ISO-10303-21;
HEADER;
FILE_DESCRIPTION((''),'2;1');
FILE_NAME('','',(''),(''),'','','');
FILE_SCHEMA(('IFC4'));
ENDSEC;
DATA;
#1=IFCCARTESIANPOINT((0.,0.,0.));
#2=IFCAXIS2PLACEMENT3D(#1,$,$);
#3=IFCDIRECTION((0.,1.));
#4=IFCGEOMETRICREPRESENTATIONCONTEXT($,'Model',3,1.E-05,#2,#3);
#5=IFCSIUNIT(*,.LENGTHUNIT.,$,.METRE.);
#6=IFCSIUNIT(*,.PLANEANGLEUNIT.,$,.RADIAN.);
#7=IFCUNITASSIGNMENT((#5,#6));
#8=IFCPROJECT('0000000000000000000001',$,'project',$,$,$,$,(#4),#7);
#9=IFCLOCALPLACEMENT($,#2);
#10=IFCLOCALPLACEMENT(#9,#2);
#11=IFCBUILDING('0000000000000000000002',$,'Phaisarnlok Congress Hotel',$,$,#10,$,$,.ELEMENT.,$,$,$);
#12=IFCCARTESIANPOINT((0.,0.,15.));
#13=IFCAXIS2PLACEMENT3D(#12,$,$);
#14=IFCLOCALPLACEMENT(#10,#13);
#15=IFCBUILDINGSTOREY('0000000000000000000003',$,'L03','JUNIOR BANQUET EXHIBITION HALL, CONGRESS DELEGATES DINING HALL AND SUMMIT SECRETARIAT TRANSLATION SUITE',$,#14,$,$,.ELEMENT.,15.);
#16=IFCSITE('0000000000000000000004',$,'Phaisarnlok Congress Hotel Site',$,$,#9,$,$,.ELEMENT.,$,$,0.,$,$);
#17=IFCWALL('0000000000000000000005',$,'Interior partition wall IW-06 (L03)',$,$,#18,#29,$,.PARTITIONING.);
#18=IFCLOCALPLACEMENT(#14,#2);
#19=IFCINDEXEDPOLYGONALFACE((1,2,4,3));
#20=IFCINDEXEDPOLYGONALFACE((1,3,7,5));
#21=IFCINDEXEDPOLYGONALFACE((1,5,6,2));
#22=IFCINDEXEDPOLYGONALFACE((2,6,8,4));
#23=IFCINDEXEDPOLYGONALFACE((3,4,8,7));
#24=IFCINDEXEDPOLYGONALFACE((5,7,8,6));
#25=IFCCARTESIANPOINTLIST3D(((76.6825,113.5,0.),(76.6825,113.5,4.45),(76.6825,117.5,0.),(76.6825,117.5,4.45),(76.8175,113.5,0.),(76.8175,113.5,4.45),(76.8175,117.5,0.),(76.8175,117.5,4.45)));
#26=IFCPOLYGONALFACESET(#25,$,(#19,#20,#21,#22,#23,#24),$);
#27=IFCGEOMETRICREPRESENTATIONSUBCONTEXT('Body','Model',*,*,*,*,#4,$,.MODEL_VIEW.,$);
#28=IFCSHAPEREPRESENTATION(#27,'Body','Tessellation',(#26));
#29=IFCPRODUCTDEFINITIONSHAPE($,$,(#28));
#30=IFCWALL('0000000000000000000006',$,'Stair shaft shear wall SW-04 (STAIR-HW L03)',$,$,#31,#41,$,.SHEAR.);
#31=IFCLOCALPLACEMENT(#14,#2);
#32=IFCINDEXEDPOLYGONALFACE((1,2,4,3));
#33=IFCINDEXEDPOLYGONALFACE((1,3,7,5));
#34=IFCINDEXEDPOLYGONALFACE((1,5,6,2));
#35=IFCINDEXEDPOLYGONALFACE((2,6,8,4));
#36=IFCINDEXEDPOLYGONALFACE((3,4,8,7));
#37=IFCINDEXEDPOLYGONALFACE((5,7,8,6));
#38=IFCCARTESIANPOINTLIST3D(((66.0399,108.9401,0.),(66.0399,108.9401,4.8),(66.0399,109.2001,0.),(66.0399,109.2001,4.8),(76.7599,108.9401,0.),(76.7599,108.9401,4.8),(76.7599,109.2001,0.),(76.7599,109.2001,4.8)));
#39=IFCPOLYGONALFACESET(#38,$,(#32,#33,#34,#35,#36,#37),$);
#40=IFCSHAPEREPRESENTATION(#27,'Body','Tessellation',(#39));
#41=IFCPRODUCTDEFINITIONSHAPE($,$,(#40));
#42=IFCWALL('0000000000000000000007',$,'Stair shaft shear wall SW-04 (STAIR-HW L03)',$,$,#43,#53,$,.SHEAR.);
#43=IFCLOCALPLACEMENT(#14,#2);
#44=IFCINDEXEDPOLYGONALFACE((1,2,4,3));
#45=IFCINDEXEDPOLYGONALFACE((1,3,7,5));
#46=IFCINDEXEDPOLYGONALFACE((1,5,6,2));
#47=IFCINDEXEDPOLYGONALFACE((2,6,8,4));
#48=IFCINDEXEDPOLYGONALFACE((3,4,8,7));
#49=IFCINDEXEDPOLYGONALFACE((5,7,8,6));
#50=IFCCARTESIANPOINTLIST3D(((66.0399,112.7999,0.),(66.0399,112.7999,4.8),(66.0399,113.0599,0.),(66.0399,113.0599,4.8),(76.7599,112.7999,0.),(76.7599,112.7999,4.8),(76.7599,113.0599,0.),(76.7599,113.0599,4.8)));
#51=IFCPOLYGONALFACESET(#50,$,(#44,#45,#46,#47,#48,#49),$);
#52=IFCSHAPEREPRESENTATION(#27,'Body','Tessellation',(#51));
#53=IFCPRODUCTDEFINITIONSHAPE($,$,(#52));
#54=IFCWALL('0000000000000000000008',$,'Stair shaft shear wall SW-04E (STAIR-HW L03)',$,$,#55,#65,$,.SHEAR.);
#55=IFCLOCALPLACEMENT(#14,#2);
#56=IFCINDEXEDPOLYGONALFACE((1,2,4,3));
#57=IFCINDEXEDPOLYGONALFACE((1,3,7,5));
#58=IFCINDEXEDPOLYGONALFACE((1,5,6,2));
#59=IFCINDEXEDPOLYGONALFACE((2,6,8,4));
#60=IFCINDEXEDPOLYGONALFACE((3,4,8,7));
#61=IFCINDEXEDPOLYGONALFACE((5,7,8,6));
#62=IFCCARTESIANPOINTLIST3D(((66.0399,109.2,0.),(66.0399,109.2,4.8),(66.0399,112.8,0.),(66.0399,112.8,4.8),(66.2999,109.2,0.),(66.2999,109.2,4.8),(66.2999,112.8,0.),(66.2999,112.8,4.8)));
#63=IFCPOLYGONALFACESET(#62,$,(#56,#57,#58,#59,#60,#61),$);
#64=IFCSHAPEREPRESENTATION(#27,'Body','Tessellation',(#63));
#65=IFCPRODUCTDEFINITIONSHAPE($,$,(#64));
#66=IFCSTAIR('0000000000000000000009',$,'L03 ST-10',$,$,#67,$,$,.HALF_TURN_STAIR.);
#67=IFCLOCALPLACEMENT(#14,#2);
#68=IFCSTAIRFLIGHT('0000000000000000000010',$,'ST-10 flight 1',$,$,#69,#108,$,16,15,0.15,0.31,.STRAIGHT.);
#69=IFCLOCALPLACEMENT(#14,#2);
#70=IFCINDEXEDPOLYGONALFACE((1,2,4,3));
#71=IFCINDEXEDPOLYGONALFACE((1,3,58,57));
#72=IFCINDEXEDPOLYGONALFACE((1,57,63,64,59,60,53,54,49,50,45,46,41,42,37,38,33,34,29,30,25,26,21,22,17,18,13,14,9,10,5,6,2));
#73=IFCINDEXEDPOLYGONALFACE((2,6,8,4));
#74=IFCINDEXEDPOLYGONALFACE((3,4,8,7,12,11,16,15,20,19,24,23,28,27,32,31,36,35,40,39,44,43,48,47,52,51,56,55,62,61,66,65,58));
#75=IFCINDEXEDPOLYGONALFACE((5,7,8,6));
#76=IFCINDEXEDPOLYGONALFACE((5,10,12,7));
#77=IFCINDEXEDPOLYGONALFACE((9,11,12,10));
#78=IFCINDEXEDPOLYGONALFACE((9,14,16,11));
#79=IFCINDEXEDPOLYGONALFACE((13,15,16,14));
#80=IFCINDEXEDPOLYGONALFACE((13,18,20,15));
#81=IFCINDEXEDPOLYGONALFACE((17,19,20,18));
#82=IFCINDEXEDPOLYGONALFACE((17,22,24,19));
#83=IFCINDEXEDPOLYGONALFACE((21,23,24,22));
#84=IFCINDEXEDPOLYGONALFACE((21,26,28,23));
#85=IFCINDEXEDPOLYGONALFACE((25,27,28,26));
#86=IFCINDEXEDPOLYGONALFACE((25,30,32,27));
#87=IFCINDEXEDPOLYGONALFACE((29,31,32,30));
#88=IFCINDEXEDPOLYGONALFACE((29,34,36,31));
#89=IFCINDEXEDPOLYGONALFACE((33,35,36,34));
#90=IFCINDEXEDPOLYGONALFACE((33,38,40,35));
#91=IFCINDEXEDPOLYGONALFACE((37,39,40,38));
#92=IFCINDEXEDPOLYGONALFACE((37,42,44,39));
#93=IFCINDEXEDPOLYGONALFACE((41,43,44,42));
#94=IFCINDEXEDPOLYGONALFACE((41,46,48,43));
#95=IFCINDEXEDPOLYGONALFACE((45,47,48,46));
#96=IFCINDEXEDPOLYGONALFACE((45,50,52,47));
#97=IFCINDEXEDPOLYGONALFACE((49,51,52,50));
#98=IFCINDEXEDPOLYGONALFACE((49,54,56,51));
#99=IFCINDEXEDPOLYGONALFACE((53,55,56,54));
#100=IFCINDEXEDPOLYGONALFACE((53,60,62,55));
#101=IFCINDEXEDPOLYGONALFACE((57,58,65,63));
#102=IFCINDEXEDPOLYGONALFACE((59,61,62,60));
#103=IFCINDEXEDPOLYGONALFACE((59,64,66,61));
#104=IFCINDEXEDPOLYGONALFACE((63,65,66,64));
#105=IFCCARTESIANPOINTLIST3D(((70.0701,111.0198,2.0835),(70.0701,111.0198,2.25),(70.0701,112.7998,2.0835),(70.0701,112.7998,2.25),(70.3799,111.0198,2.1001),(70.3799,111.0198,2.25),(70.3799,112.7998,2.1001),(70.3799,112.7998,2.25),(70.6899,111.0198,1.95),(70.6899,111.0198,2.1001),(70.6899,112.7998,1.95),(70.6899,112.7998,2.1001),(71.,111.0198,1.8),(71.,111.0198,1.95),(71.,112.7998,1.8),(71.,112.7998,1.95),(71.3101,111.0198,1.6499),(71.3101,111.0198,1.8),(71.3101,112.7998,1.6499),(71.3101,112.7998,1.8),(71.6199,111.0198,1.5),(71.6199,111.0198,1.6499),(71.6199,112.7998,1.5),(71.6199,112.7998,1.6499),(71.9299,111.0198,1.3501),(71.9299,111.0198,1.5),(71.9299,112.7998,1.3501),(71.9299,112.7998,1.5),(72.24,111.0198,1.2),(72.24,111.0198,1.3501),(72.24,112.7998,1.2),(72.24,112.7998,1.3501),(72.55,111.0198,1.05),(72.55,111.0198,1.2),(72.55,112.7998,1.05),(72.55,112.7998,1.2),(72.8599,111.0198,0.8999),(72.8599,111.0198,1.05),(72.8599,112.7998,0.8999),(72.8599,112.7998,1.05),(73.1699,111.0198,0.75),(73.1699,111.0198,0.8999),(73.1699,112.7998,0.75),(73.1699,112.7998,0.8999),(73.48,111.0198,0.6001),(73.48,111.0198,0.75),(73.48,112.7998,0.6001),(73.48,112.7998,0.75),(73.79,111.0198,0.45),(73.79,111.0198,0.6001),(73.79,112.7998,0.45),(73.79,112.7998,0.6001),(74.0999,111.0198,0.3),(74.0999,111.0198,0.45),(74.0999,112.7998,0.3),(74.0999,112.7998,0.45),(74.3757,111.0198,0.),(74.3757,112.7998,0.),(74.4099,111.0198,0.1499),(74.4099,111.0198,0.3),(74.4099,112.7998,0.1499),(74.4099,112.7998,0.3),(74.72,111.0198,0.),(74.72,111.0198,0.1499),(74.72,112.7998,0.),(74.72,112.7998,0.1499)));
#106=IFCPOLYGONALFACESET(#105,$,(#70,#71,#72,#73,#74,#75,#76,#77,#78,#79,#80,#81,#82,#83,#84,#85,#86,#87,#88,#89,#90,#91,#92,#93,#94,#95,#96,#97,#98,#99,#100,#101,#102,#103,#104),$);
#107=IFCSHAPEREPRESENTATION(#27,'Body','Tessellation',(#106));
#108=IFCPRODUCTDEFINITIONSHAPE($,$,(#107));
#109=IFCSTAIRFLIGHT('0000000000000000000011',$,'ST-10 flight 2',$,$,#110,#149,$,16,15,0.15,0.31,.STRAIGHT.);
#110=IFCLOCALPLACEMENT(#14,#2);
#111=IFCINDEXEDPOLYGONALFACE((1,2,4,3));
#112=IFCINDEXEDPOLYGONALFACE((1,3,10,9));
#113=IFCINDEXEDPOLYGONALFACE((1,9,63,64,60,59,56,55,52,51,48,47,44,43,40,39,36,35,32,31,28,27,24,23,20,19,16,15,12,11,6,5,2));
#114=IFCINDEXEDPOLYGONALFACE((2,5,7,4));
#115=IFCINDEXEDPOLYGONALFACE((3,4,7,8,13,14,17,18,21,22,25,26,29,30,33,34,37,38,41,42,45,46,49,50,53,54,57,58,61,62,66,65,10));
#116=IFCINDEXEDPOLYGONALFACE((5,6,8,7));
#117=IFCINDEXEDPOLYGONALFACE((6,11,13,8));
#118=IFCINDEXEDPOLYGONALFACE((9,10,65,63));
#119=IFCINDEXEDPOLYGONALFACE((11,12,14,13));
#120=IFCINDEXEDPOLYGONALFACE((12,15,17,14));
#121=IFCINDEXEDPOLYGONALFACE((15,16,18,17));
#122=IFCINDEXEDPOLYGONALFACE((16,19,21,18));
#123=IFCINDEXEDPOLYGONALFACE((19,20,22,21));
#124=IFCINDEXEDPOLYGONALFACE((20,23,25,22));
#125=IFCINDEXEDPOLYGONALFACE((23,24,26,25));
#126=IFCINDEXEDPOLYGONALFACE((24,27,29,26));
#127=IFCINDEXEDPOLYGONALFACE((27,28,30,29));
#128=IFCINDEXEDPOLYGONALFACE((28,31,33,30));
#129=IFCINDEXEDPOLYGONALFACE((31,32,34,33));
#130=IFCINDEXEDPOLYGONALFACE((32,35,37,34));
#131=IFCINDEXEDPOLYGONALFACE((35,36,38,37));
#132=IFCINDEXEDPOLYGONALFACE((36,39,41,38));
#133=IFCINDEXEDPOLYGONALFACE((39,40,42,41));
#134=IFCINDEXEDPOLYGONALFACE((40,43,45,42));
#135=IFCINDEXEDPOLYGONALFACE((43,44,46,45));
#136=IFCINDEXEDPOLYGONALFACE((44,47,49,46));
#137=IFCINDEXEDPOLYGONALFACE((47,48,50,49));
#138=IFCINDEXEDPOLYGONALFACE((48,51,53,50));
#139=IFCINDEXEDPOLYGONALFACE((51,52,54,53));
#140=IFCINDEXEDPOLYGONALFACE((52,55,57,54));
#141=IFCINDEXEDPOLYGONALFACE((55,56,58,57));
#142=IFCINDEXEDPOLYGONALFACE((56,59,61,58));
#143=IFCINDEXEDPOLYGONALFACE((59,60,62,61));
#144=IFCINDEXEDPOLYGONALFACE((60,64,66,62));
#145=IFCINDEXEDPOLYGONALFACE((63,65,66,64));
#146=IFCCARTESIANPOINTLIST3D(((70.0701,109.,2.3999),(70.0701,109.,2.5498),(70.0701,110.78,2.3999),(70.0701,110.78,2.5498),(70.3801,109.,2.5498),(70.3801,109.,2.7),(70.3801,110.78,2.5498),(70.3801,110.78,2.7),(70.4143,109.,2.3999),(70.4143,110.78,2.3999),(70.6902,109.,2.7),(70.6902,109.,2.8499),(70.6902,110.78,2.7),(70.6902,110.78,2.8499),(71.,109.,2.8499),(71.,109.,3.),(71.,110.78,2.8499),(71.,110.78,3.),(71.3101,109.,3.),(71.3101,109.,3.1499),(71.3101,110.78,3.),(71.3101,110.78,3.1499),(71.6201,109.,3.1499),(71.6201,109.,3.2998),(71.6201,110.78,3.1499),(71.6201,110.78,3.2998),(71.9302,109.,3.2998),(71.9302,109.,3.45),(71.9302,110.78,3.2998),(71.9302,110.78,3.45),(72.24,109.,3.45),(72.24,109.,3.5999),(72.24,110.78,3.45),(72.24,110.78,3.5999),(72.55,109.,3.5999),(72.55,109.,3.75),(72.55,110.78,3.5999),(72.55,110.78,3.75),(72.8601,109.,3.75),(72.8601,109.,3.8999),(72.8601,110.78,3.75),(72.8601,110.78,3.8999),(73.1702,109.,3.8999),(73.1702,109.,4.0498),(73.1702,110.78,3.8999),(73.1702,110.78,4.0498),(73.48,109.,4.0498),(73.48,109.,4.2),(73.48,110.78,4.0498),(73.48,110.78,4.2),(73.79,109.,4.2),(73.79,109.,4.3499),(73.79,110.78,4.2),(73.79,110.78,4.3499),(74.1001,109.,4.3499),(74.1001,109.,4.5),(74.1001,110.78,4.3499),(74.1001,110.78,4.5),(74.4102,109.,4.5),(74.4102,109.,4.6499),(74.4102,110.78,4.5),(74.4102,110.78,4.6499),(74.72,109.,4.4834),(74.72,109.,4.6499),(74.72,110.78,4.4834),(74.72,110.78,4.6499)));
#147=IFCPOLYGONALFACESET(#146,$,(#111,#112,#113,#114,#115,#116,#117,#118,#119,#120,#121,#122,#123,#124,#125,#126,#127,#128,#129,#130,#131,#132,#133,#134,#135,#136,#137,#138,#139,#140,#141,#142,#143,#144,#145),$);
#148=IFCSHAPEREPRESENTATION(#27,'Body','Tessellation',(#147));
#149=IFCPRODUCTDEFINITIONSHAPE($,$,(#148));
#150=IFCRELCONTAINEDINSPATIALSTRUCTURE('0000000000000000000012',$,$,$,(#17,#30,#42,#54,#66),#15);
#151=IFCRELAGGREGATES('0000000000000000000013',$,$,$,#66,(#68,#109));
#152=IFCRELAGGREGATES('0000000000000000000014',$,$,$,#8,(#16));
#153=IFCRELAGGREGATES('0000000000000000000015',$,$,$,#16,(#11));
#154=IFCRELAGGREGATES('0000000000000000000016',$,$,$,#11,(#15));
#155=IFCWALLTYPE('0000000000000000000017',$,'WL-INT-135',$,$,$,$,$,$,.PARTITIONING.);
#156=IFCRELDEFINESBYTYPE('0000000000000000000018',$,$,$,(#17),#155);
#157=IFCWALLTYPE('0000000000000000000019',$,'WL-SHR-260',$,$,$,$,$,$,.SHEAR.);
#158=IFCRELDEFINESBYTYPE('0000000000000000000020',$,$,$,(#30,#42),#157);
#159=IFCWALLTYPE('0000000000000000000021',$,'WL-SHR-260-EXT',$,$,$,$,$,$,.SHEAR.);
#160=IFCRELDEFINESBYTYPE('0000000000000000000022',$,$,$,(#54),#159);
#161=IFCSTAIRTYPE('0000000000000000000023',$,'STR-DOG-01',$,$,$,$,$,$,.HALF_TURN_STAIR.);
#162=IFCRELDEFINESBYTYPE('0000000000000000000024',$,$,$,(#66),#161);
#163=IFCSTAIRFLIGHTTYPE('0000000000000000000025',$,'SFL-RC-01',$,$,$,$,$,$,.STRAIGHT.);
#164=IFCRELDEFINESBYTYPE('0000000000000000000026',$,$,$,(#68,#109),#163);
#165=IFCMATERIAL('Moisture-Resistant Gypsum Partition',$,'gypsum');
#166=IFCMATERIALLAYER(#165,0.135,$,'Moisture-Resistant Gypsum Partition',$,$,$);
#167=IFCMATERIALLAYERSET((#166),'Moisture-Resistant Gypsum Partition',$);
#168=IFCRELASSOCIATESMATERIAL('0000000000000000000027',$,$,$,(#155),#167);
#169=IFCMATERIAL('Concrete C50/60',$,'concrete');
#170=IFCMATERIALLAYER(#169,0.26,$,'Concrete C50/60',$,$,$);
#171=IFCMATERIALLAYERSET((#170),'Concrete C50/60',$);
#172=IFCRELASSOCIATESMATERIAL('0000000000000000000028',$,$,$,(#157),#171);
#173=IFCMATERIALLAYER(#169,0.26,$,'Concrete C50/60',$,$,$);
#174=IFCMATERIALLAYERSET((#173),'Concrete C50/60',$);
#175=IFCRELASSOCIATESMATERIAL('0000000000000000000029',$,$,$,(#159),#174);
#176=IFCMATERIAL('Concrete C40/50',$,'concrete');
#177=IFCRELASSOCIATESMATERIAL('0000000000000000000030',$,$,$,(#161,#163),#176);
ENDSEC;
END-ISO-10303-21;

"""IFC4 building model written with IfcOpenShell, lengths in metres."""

from ifc_helpers import new_model, si_unit, direction, frame, frame_2d, origin, place, context, subcontext, project, spatial, polyline, rectangle, outline, extrude, material, layer, layer_set, type_object, element, aggregate, save


model = new_model("IFC4")

# Units and contexts
model_context = context("Model", 3, precision=1e-05, world=origin(), true_north=direction((0.0, 1.0)))
body_context = subcontext(model_context, "Body", "Model", "MODEL_VIEW")
ifc_project = project(units=[si_unit("LENGTHUNIT", "METRE"), si_unit("PLANEANGLEUNIT", "RADIAN")], contexts=[model_context])

# Site, building, storey
site_placement = place(None, origin())
site = spatial("IfcSite", under=ifc_project, at=site_placement, Name="Phaisarnlok Congress Hotel Site", CompositionType="ELEMENT", RefElevation=0.0)
building_placement = place(site_placement, origin())
building = spatial("IfcBuilding", under=site, at=building_placement, Name="Phaisarnlok Congress Hotel", CompositionType="ELEMENT")
storey_placement = place(building_placement, frame((0.0, 0.0, 15.0)))
storey = spatial("IfcBuildingStorey", under=building, at=storey_placement, Name="L03", Description="JUNIOR BANQUET EXHIBITION HALL, CONGRESS DELEGATES DINING HALL AND SUMMIT SECRETARIAT TRANSLATION SUITE", CompositionType="ELEMENT", Elevation=15.0)

# Shared definitions
ifc_material_1 = material(Name="Concrete C50/60", Category="concrete")

# Shared definitions
ifc_material_2 = material(Name="Concrete C40/50", Category="concrete")

# Walls
ifc_material_3 = material(Name="Moisture-Resistant Gypsum Partition", Category="gypsum")
ifc_layer_1 = layer(ifc_material_3, 0.135, Name="Moisture-Resistant Gypsum Partition")
ifc_layer_set_1 = layer_set([ifc_layer_1], Name="Moisture-Resistant Gypsum Partition")
wall_type_1 = type_object("IfcWallType", Name="WL-INT-135", PredefinedType="PARTITIONING", material=ifc_layer_set_1)
wall_1_placement = place(storey_placement, frame((76.75, 113.5, 0.0), z_axis=(0.0, 0.0, 1.0), x_axis=(0.0, 1.0, 0.0)))
element("IfcWall", 1, at=wall_1_placement, inside=storey, type_object=wall_type_1, Name="Interior partition wall IW-06 (L03)", PredefinedType="PARTITIONING", context=body_context, shape_type="SweptSolid", body=[
    extrude(rectangle(XDim=4.0, YDim=0.135, at=frame_2d((2.0, 0.0))), origin(), (0.0, 0.0, 1.0), 4.45),
])
ifc_layer_2 = layer(ifc_material_1, 0.26, Name="Concrete C50/60")
ifc_layer_set_2 = layer_set([ifc_layer_2], Name="Concrete C50/60")
wall_type_2 = type_object("IfcWallType", Name="WL-SHR-260", PredefinedType="SHEAR", material=ifc_layer_set_2)
for number, where, z_axis, x_axis, name in (
    (2, (66.04, 109.0701, 0.0), (0.0, 0.0, 1.0), (1.0, 0.0, 0.0), "Stair shaft shear wall SW-04 (STAIR-HW L03)"),
    (3, (66.04, 112.9299, 0.0), (0.0, 0.0, 1.0), (1.0, 0.0, 0.0), "Stair shaft shear wall SW-04 (STAIR-HW L03)"),
):
    element("IfcWall", number, at=place(storey_placement, frame(where, z_axis=z_axis, x_axis=x_axis)), inside=storey, type_object=wall_type_2, Name=name, PredefinedType="SHEAR", context=body_context, shape_type="SweptSolid", body=[
        extrude(rectangle(XDim=10.72, YDim=0.26, at=frame_2d((5.3599, 0.0))), origin(), (0.0, 0.0, 1.0), 4.8),
    ])

# Wall
ifc_layer_3 = layer(ifc_material_1, 0.26, Name="Concrete C50/60")
ifc_layer_set_3 = layer_set([ifc_layer_3], Name="Concrete C50/60")
wall_type_3 = type_object("IfcWallType", Name="WL-SHR-260-EXT", PredefinedType="SHEAR", material=ifc_layer_set_3)
wall_2_placement = place(storey_placement, frame((66.1699, 109.2, 0.0), z_axis=(0.0, 0.0, 1.0), x_axis=(0.0, 1.0, 0.0)))
element("IfcWall", 4, at=wall_2_placement, inside=storey, type_object=wall_type_3, Name="Stair shaft shear wall SW-04E (STAIR-HW L03)", PredefinedType="SHEAR", context=body_context, shape_type="SweptSolid", body=[
    extrude(rectangle(XDim=3.6001, YDim=0.26, at=frame_2d((1.8, 0.0))), origin(), (0.0, 0.0, 1.0), 4.8),
])

# Stair, stair flights
stair_type = type_object("IfcStairType", Name="STR-DOG-01", PredefinedType="HALF_TURN_STAIR", material=ifc_material_2)
stair_placement = place(storey_placement, origin())
stair = element("IfcStair", 5, at=stair_placement, inside=storey, type_object=stair_type, Name="L03 ST-10", PredefinedType="HALF_TURN_STAIR")
stair_flight_type = type_object("IfcStairFlightType", Name="SFL-RC-01", PredefinedType="STRAIGHT", material=ifc_material_2)
stair_flight_1_placement = place(storey_placement, frame((74.72, 111.9099, 0.0), z_axis=(0.0, 0.0, 1.0), x_axis=(-1.0, 0.0, 0.0)))
stair_flight_1 = element("IfcStairFlight", 6, at=stair_flight_1_placement, type_object=stair_flight_type, Name="ST-10 flight 1", NumberOfRisers=16, NumberOfTreads=15, PredefinedType="STRAIGHT", RiserHeight=0.15, TreadLength=0.31, context=body_context, shape_type="SweptSolid", body=[
    extrude(outline(polyline([(0.0, 0.0), (0.0, 0.1499), (0.3101, 0.1499), (0.3101, 0.3), (0.6201, 0.3), (0.6201, 0.45), (0.9299, 0.45), (0.9299, 0.6001), (1.24, 0.6001), (1.24, 0.75), (1.55, 0.75), (1.55, 0.8999), (1.8601, 0.8999), (1.8601, 1.05), (2.1699, 1.05), (2.1699, 1.2), (2.48, 1.2), (2.48, 1.3501), (2.79, 1.3501), (2.79, 1.5), (3.1001, 1.5), (3.1001, 1.6499), (3.4099, 1.6499), (3.4099, 1.8), (3.72, 1.8), (3.72, 1.95), (4.03, 1.95), (4.03, 2.1001), (4.3401, 2.1001), (4.3401, 2.25), (4.6499, 2.25), (4.6499, 2.3999), (4.6499, 2.0835), (0.3442, 0.0), (0.0, 0.0)])), frame((0.0, 0.8901, 0.0), z_axis=(0.0, -1.0, 0.0), x_axis=(1.0, 0.0, 0.0)), (0.0, 0.0, 1.0), 1.78),
])
stair_flight_2_placement = place(storey_placement, frame((70.0701, 109.8899, 2.3999), z_axis=(0.0, 0.0, 1.0), x_axis=(1.0, 0.0, 0.0)))
stair_flight_2 = element("IfcStairFlight", 7, at=stair_flight_2_placement, type_object=stair_flight_type, Name="ST-10 flight 2", NumberOfRisers=16, NumberOfTreads=15, PredefinedType="STRAIGHT", RiserHeight=0.15, TreadLength=0.31, context=body_context, shape_type="SweptSolid", body=[
    extrude(outline(polyline([(0.0, 0.0), (0.0, 0.1499), (0.3101, 0.1499), (0.3101, 0.3), (0.6201, 0.3), (0.6201, 0.45), (0.9299, 0.45), (0.9299, 0.6001), (1.24, 0.6001), (1.24, 0.75), (1.55, 0.75), (1.55, 0.8999), (1.8601, 0.8999), (1.8601, 1.05), (2.1699, 1.05), (2.1699, 1.2), (2.48, 1.2), (2.48, 1.3501), (2.79, 1.3501), (2.79, 1.5), (3.1001, 1.5), (3.1001, 1.6499), (3.4099, 1.6499), (3.4099, 1.8), (3.72, 1.8), (3.72, 1.95), (4.03, 1.95), (4.03, 2.1001), (4.3401, 2.1001), (4.3401, 2.25), (4.6499, 2.25), (4.6499, 2.3999), (4.6499, 2.0835), (0.3442, 0.0), (0.0, 0.0)])), frame((0.0, 0.8901, 0.0), z_axis=(0.0, -1.0, 0.0), x_axis=(1.0, 0.0, 0.0)), (0.0, 0.0, 1.0), 1.78),
])
aggregate(stair, [stair_flight_1, stair_flight_2])

save(model, "model.ifc")
